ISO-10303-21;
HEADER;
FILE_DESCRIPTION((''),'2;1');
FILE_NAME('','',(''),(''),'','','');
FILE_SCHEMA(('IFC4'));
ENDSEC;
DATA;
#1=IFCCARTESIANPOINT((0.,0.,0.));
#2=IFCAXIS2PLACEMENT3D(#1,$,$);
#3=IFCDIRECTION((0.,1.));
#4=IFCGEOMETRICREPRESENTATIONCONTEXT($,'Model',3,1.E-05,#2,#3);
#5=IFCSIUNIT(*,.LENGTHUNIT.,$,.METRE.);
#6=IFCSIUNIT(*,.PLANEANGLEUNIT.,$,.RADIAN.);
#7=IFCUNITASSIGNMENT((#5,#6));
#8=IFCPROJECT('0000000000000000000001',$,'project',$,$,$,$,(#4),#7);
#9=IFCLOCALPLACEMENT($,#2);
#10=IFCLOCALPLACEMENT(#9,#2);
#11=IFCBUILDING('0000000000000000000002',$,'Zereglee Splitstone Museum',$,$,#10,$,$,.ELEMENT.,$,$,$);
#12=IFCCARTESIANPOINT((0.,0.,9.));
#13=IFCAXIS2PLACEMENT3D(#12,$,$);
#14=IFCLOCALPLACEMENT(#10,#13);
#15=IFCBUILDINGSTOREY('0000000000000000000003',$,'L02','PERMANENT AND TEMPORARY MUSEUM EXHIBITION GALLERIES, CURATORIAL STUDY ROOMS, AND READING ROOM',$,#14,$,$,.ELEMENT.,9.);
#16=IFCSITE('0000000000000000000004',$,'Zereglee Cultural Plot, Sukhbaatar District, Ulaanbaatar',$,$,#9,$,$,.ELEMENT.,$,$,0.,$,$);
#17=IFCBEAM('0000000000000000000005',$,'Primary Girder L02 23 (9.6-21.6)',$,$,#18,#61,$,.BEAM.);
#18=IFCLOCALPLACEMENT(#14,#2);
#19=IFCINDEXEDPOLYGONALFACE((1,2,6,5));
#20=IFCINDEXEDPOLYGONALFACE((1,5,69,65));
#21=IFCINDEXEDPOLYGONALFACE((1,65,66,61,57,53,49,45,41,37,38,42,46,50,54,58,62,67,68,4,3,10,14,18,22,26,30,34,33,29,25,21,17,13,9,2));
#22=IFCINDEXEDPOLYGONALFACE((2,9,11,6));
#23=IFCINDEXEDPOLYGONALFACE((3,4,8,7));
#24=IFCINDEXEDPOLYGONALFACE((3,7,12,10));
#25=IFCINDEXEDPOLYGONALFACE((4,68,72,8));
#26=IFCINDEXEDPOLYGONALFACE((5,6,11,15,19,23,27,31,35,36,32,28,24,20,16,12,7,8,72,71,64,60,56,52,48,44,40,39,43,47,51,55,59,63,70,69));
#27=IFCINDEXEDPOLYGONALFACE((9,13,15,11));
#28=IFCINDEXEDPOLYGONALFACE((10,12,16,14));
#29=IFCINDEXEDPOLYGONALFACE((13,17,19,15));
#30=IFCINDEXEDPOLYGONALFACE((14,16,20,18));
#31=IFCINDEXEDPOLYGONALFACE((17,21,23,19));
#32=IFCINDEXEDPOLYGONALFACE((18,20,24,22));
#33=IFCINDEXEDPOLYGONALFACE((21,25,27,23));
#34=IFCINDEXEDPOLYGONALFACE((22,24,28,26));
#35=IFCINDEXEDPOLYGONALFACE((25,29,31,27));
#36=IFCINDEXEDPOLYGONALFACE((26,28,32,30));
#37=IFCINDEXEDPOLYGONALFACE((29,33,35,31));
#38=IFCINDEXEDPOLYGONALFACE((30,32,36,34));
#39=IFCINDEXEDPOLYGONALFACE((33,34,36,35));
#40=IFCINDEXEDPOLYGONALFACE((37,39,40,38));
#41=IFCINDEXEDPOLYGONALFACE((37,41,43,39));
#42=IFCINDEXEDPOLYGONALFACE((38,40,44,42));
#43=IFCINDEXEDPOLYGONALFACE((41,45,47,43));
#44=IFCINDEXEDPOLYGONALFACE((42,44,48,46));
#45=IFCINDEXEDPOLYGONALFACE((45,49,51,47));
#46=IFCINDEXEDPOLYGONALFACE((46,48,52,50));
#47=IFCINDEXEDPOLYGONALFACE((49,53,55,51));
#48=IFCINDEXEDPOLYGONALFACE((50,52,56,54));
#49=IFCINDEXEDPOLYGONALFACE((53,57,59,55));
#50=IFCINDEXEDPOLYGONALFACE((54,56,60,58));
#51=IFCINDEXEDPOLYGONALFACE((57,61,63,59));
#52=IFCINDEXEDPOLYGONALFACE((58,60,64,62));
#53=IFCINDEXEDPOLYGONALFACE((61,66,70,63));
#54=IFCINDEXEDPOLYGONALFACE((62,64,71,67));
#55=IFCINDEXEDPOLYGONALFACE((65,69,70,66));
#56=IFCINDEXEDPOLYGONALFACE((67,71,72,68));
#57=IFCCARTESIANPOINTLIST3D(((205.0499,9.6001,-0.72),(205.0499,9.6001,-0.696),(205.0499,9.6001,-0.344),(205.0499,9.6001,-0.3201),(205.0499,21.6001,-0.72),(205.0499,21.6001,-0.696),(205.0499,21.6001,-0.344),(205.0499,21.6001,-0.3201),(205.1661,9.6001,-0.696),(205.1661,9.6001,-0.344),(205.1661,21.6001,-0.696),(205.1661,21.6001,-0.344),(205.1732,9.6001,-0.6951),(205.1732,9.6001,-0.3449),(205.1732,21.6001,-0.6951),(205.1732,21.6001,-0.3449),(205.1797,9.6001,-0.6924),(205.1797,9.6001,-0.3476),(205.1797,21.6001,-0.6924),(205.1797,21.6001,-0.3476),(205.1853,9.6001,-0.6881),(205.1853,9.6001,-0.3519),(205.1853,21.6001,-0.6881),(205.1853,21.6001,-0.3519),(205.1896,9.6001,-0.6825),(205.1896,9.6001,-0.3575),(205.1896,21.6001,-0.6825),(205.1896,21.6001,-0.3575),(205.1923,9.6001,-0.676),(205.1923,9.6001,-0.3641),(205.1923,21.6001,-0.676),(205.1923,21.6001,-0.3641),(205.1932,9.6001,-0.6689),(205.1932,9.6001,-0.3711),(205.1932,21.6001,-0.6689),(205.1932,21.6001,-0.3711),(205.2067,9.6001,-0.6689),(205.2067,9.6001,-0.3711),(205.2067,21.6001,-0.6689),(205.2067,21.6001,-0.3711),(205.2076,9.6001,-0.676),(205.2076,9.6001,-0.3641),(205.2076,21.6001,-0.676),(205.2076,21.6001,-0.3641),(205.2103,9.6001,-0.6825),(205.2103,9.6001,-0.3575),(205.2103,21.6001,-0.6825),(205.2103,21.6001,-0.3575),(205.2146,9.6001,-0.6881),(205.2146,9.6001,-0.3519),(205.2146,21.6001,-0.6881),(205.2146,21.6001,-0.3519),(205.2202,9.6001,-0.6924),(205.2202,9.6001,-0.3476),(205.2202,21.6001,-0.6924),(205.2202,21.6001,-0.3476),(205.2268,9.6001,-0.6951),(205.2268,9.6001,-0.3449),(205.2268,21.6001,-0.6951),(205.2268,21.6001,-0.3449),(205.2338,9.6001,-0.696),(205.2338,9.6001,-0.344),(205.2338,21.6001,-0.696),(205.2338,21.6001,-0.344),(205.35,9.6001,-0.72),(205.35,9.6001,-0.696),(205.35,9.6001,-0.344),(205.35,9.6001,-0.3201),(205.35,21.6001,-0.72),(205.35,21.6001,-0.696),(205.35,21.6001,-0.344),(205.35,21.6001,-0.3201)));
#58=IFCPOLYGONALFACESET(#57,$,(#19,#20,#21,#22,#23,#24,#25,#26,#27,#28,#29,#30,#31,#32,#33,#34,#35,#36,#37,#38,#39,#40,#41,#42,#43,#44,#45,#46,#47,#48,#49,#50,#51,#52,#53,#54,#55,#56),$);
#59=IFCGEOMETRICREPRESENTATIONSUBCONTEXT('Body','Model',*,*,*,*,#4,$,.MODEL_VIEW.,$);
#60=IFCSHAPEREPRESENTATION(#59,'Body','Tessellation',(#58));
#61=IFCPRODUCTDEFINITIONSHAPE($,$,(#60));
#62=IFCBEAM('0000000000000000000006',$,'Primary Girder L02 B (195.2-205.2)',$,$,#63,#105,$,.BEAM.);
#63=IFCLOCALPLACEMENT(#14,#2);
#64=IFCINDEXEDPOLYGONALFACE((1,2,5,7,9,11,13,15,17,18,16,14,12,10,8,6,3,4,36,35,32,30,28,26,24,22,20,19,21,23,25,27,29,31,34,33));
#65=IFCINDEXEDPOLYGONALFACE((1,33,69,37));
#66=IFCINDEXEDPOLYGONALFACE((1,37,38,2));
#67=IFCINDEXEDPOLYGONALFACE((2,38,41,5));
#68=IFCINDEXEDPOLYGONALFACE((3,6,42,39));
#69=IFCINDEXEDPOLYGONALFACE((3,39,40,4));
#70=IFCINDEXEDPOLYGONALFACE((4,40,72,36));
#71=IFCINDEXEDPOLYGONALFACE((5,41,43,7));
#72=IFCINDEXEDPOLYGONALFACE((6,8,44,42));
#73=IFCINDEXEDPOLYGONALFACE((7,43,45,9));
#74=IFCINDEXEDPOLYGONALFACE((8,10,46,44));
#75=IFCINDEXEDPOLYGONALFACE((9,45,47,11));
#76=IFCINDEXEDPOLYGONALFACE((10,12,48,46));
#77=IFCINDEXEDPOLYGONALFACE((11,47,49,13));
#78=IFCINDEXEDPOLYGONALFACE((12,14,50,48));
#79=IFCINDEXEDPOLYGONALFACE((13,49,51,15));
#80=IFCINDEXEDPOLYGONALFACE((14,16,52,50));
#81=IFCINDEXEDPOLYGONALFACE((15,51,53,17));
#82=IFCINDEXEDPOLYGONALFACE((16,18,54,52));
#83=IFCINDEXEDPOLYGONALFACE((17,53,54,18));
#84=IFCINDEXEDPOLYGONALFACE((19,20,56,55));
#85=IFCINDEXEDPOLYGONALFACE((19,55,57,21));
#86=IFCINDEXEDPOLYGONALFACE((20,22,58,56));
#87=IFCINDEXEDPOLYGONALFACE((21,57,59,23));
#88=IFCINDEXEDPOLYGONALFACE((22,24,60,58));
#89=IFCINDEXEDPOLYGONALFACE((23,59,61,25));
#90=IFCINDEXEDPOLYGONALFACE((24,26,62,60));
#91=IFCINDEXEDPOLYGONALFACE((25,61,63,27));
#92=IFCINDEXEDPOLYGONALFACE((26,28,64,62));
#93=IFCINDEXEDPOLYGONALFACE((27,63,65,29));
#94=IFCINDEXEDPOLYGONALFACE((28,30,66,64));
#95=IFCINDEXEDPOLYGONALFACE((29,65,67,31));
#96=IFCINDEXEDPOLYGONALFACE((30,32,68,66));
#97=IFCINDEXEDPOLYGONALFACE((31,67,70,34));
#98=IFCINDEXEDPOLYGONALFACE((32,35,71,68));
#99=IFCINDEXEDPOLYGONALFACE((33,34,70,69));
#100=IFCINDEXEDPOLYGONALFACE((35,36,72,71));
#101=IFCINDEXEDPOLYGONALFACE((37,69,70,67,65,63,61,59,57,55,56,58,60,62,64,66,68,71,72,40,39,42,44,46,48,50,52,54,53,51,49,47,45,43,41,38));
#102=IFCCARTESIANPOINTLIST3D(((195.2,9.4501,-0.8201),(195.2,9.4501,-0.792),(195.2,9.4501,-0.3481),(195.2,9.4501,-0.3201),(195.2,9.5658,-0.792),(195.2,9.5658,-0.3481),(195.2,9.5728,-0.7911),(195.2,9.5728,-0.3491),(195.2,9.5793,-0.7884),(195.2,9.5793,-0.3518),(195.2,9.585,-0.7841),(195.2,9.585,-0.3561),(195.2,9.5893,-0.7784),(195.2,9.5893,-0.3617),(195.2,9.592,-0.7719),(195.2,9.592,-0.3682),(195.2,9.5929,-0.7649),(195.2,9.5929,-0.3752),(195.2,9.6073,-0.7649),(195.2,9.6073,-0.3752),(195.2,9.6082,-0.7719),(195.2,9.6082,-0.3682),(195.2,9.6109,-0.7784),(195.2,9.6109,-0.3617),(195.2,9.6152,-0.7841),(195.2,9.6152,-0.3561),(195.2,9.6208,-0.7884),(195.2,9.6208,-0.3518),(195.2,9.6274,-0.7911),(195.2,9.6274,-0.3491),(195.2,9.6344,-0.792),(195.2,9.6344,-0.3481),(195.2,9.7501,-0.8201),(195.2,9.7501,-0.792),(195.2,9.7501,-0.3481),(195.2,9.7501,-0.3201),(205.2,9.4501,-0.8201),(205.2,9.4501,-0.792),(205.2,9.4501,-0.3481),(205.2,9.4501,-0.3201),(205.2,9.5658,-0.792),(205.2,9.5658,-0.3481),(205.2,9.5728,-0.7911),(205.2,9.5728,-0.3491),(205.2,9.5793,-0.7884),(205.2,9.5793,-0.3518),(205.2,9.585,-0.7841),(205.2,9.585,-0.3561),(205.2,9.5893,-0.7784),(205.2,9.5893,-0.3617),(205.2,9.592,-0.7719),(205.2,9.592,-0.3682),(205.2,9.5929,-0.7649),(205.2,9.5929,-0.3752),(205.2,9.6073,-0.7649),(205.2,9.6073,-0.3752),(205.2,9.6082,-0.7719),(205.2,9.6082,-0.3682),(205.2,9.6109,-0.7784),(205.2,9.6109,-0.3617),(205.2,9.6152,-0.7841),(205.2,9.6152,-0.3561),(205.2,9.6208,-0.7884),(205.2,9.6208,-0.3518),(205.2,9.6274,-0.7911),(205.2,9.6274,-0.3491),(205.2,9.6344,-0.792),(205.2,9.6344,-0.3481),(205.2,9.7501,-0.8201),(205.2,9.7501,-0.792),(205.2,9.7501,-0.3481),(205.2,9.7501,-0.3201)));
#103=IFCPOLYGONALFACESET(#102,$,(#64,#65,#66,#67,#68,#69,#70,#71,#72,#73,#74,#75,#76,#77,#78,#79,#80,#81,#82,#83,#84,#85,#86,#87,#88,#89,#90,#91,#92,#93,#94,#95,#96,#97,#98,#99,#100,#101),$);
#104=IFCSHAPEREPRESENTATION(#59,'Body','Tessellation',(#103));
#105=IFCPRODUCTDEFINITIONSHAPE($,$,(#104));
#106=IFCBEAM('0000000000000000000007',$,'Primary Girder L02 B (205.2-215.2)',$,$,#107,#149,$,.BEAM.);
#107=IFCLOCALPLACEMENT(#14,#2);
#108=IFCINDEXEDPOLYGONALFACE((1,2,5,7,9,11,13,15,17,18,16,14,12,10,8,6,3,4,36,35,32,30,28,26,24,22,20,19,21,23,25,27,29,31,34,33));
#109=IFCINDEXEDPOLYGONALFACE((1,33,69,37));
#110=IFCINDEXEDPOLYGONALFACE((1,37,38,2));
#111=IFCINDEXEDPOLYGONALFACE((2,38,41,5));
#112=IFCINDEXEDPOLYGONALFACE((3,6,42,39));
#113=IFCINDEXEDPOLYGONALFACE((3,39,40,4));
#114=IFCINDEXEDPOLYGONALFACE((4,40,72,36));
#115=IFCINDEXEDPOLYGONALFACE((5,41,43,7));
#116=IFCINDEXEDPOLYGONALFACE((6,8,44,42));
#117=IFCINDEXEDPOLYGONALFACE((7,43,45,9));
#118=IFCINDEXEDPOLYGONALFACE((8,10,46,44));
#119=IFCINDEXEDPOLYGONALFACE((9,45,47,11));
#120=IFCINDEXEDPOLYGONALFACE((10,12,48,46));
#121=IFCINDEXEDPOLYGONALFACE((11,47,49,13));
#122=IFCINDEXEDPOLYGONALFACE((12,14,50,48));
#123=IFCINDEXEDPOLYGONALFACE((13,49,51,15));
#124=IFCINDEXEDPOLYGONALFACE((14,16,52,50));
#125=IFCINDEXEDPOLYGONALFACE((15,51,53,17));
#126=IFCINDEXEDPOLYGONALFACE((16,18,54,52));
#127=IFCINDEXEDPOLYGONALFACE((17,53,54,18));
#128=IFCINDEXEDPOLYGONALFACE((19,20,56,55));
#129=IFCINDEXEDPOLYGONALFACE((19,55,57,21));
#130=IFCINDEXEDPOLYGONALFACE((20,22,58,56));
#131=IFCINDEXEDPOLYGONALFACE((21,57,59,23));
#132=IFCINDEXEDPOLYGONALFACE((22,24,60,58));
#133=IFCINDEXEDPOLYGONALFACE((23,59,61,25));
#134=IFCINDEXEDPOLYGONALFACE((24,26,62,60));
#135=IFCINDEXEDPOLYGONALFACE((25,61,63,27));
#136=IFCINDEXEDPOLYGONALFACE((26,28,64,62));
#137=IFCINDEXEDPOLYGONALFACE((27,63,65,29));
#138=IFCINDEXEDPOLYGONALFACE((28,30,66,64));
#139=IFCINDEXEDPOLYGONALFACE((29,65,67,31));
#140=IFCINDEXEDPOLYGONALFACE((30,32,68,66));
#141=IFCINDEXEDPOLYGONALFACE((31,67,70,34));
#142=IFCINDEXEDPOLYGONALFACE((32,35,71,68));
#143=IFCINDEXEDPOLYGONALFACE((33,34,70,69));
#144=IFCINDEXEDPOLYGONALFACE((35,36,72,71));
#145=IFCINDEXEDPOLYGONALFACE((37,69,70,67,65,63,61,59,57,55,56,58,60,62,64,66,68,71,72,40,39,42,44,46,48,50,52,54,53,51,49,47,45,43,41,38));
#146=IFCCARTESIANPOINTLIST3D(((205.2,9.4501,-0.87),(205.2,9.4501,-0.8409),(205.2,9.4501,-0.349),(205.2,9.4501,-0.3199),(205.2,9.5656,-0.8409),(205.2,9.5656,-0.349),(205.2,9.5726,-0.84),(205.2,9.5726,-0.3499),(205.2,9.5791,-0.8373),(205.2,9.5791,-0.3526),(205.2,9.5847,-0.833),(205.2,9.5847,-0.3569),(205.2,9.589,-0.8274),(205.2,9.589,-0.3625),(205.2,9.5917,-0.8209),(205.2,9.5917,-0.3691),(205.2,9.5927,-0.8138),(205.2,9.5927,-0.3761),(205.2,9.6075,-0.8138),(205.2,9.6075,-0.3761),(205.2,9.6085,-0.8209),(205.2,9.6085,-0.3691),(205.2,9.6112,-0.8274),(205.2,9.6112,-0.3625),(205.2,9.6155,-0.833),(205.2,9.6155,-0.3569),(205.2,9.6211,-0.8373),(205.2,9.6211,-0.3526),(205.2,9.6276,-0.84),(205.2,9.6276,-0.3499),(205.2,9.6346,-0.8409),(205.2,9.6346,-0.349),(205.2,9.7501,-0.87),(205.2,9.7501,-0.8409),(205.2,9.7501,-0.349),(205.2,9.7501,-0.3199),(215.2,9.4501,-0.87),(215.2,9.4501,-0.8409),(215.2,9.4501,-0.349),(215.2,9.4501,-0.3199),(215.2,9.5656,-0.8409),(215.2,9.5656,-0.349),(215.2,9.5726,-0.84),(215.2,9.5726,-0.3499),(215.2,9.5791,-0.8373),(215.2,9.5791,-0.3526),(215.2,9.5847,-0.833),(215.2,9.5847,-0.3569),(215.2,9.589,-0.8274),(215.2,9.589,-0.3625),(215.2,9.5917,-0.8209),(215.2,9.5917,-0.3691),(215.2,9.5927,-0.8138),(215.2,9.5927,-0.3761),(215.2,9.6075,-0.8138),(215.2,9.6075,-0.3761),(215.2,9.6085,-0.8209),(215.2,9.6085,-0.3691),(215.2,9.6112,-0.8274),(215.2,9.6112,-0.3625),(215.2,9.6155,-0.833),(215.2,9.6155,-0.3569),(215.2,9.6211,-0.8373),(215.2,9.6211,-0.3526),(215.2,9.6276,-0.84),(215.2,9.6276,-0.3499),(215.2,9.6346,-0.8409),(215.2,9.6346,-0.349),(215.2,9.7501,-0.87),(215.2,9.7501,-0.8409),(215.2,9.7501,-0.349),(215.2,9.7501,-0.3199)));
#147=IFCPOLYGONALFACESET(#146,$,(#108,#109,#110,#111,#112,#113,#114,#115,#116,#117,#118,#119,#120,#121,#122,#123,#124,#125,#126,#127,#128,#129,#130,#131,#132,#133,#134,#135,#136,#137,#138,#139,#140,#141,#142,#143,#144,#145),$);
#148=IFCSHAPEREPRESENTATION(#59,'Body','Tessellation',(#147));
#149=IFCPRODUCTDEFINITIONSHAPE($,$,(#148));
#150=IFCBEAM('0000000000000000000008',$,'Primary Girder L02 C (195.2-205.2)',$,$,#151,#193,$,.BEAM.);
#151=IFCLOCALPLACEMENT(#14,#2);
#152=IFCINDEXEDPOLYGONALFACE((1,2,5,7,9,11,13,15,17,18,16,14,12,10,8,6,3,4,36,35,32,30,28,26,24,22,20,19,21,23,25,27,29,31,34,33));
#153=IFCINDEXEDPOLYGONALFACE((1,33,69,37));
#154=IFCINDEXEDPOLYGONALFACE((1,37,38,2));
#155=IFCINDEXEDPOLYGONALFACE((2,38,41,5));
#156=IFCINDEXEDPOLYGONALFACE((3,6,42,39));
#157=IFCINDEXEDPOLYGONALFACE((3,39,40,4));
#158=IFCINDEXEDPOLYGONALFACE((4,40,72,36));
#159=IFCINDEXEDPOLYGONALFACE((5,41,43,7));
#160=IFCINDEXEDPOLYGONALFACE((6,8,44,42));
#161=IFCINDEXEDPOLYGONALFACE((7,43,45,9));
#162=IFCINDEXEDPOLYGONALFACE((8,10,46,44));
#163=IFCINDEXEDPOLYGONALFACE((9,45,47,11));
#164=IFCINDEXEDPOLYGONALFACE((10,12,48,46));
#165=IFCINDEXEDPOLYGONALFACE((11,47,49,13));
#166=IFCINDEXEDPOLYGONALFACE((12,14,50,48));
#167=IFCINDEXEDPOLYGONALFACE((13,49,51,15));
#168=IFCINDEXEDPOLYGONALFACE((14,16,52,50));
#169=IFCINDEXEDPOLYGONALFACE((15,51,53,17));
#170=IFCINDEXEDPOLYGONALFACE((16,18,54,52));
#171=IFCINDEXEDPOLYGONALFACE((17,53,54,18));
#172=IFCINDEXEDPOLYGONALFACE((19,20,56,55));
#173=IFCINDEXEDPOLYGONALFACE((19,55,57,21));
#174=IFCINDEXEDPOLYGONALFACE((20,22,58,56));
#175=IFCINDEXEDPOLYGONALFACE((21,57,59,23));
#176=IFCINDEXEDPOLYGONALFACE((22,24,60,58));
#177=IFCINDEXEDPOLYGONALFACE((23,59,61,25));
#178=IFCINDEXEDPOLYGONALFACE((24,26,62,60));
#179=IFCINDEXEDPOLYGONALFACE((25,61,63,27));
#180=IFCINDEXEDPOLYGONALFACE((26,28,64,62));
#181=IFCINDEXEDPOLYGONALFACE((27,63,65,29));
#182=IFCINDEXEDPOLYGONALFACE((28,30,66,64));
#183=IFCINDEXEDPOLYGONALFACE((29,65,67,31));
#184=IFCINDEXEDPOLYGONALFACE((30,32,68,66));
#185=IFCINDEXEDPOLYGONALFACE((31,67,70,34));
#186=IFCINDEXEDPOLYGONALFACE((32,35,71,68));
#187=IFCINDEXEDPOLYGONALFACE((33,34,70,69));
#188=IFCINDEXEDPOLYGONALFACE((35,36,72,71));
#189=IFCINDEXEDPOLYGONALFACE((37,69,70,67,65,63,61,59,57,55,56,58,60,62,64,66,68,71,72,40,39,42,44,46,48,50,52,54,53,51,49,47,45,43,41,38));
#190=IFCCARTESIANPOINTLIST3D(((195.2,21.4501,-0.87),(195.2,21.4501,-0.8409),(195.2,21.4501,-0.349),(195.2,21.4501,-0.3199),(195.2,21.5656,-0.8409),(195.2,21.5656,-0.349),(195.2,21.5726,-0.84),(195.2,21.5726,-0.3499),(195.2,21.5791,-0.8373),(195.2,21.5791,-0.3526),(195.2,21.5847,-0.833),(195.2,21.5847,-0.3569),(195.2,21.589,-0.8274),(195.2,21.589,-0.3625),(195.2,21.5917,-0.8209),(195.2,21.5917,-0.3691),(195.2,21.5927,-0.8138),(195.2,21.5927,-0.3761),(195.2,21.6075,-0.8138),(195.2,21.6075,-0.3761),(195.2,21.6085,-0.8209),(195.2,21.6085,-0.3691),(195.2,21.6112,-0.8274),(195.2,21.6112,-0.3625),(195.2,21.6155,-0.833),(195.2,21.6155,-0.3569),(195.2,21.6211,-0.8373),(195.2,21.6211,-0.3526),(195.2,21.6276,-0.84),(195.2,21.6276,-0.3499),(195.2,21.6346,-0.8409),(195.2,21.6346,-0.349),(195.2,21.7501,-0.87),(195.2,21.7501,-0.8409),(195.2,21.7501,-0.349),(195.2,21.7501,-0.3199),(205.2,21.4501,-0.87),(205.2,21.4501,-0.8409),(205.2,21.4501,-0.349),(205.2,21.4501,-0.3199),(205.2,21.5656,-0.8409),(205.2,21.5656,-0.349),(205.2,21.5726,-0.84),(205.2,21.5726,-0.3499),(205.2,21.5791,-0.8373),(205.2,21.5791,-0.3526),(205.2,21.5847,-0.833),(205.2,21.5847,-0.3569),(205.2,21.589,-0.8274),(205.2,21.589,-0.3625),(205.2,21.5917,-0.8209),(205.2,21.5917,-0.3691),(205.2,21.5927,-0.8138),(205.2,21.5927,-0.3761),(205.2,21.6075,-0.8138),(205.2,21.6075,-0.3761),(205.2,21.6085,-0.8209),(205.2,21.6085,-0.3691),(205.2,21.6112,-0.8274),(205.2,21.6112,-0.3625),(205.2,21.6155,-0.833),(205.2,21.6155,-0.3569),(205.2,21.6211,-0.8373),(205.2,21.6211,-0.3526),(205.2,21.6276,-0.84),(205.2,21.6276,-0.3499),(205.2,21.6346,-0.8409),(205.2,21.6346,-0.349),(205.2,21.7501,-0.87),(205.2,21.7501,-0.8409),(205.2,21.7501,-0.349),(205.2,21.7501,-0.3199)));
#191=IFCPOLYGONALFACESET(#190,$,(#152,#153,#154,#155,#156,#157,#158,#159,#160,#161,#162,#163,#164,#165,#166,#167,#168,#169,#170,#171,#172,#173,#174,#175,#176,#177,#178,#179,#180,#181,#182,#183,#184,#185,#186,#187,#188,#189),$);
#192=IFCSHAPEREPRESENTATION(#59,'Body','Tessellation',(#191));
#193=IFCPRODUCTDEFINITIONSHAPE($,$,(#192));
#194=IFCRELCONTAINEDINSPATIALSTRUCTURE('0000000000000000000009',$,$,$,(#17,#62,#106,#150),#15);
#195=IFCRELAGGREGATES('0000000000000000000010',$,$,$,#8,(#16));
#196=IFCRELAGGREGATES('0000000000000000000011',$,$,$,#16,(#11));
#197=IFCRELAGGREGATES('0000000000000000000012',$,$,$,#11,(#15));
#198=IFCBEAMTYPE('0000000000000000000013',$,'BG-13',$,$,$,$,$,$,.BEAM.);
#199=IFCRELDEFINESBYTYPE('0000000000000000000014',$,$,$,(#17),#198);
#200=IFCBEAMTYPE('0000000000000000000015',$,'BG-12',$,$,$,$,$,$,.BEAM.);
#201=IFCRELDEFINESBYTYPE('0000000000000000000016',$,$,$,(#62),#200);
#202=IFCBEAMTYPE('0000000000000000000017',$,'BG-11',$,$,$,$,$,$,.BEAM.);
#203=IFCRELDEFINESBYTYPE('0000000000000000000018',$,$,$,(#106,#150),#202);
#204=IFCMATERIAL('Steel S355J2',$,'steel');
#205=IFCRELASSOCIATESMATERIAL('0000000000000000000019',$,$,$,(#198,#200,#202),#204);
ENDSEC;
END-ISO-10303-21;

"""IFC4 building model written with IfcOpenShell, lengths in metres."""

from ifc_helpers import new_model, si_unit, direction, frame, origin, origin_2d, place, context, subcontext, project, spatial, i_section, extrude, material, material_profile, profile_set, type_object, element, save


model = new_model("IFC4")

# Units and contexts
model_context = context("Model", 3, precision=1e-05, world=origin(), true_north=direction((0.0, 1.0)))
body_context = subcontext(model_context, "Body", "Model", "MODEL_VIEW")
ifc_project = project(units=[si_unit("LENGTHUNIT", "METRE"), si_unit("PLANEANGLEUNIT", "RADIAN")], contexts=[model_context])

# Site, building, storey
site_placement = place(None, origin())
site = spatial("IfcSite", under=ifc_project, at=site_placement, Name="Zereglee Cultural Plot, Sukhbaatar District, Ulaanbaatar", CompositionType="ELEMENT", RefElevation=0.0)
building_placement = place(site_placement, origin())
building = spatial("IfcBuilding", under=site, at=building_placement, Name="Zereglee Splitstone Museum", CompositionType="ELEMENT")
storey_placement = place(building_placement, frame((0.0, 0.0, 9.0)))
storey = spatial("IfcBuildingStorey", under=building, at=storey_placement, Name="L02", Description="PERMANENT AND TEMPORARY MUSEUM EXHIBITION GALLERIES, CURATORIAL STUDY ROOMS, AND READING ROOM", CompositionType="ELEMENT", Elevation=9.0)

# Shared definitions
ifc_material_1 = material(Name="Steel S355J2", Category="steel")

# Beams
ifc_material_profile_1 = material_profile(ifc_material_1, i_section(OverallWidth=0.3, OverallDepth=0.3999, WebThickness=0.0134, FlangeThickness=0.0239, FilletRadius=0.0271, at=origin_2d()), Name="HE 400 B")
ifc_profile_set_1 = profile_set([ifc_material_profile_1], Name="Steel S355J2")
beam_type_1 = type_object("IfcBeamType", Name="BG-13", PredefinedType="BEAM", material=ifc_profile_set_1)
beam_1_placement = place(storey_placement, frame((205.2, 9.6001, -0.52), z_axis=(0.0, 1.0, 0.0), x_axis=(-1.0, 0.0, 0.0)))
element("IfcBeam", 1, at=beam_1_placement, inside=storey, type_object=beam_type_1, Name="Primary Girder L02 23 (9.6-21.6)", PredefinedType="BEAM", context=body_context, shape_type="SweptSolid", body=[
    extrude(i_section(OverallWidth=0.3, OverallDepth=0.3999, WebThickness=0.0134, FlangeThickness=0.0239, FilletRadius=0.0271, at=origin_2d()), origin(), (0.0, 0.0, 1.0), 12.0),
])
ifc_material_profile_2 = material_profile(ifc_material_1, i_section(OverallWidth=0.3, OverallDepth=0.5, WebThickness=0.0144, FlangeThickness=0.0281, FilletRadius=0.0271, at=origin_2d()), Name="HE 500 B")
ifc_profile_set_2 = profile_set([ifc_material_profile_2], Name="Steel S355J2")
beam_type_2 = type_object("IfcBeamType", Name="BG-12", PredefinedType="BEAM", material=ifc_profile_set_2)
beam_2_placement = place(storey_placement, frame((195.2, 9.6001, -0.5701), z_axis=(1.0, 0.0, 0.0), x_axis=(0.0, 1.0, 0.0)))
element("IfcBeam", 2, at=beam_2_placement, inside=storey, type_object=beam_type_2, Name="Primary Girder L02 B (195.2-205.2)", PredefinedType="BEAM", context=body_context, shape_type="SweptSolid", body=[
    extrude(i_section(OverallWidth=0.3, OverallDepth=0.5, WebThickness=0.0144, FlangeThickness=0.0281, FilletRadius=0.0271, at=origin_2d()), origin(), (0.0, 0.0, 1.0), 10.0),
])
ifc_material_profile_3 = material_profile(ifc_material_1, i_section(OverallWidth=0.3, OverallDepth=0.55, WebThickness=0.0149, FlangeThickness=0.0291, FilletRadius=0.0271, at=origin_2d()), Name="HE 550 B")
ifc_profile_set_3 = profile_set([ifc_material_profile_3], Name="Steel S355J2")
beam_type_3 = type_object("IfcBeamType", Name="BG-11", PredefinedType="BEAM", material=ifc_profile_set_3)
for number, where, z_axis, x_axis, name in (
    (3, (205.2, 9.6001, -0.595), (1.0, 0.0, 0.0), (0.0, 1.0, 0.0), "Primary Girder L02 B (205.2-215.2)"),
    (4, (195.2, 21.6001, -0.595), (1.0, 0.0, 0.0), (0.0, 1.0, 0.0), "Primary Girder L02 C (195.2-205.2)"),
):
    element("IfcBeam", number, at=place(storey_placement, frame(where, z_axis=z_axis, x_axis=x_axis)), inside=storey, type_object=beam_type_3, Name=name, PredefinedType="BEAM", context=body_context, shape_type="SweptSolid", body=[
        extrude(i_section(OverallWidth=0.3, OverallDepth=0.55, WebThickness=0.0149, FlangeThickness=0.0291, FilletRadius=0.0271, at=origin_2d()), origin(), (0.0, 0.0, 1.0), 10.0),
    ])

save(model, "model.ifc")
